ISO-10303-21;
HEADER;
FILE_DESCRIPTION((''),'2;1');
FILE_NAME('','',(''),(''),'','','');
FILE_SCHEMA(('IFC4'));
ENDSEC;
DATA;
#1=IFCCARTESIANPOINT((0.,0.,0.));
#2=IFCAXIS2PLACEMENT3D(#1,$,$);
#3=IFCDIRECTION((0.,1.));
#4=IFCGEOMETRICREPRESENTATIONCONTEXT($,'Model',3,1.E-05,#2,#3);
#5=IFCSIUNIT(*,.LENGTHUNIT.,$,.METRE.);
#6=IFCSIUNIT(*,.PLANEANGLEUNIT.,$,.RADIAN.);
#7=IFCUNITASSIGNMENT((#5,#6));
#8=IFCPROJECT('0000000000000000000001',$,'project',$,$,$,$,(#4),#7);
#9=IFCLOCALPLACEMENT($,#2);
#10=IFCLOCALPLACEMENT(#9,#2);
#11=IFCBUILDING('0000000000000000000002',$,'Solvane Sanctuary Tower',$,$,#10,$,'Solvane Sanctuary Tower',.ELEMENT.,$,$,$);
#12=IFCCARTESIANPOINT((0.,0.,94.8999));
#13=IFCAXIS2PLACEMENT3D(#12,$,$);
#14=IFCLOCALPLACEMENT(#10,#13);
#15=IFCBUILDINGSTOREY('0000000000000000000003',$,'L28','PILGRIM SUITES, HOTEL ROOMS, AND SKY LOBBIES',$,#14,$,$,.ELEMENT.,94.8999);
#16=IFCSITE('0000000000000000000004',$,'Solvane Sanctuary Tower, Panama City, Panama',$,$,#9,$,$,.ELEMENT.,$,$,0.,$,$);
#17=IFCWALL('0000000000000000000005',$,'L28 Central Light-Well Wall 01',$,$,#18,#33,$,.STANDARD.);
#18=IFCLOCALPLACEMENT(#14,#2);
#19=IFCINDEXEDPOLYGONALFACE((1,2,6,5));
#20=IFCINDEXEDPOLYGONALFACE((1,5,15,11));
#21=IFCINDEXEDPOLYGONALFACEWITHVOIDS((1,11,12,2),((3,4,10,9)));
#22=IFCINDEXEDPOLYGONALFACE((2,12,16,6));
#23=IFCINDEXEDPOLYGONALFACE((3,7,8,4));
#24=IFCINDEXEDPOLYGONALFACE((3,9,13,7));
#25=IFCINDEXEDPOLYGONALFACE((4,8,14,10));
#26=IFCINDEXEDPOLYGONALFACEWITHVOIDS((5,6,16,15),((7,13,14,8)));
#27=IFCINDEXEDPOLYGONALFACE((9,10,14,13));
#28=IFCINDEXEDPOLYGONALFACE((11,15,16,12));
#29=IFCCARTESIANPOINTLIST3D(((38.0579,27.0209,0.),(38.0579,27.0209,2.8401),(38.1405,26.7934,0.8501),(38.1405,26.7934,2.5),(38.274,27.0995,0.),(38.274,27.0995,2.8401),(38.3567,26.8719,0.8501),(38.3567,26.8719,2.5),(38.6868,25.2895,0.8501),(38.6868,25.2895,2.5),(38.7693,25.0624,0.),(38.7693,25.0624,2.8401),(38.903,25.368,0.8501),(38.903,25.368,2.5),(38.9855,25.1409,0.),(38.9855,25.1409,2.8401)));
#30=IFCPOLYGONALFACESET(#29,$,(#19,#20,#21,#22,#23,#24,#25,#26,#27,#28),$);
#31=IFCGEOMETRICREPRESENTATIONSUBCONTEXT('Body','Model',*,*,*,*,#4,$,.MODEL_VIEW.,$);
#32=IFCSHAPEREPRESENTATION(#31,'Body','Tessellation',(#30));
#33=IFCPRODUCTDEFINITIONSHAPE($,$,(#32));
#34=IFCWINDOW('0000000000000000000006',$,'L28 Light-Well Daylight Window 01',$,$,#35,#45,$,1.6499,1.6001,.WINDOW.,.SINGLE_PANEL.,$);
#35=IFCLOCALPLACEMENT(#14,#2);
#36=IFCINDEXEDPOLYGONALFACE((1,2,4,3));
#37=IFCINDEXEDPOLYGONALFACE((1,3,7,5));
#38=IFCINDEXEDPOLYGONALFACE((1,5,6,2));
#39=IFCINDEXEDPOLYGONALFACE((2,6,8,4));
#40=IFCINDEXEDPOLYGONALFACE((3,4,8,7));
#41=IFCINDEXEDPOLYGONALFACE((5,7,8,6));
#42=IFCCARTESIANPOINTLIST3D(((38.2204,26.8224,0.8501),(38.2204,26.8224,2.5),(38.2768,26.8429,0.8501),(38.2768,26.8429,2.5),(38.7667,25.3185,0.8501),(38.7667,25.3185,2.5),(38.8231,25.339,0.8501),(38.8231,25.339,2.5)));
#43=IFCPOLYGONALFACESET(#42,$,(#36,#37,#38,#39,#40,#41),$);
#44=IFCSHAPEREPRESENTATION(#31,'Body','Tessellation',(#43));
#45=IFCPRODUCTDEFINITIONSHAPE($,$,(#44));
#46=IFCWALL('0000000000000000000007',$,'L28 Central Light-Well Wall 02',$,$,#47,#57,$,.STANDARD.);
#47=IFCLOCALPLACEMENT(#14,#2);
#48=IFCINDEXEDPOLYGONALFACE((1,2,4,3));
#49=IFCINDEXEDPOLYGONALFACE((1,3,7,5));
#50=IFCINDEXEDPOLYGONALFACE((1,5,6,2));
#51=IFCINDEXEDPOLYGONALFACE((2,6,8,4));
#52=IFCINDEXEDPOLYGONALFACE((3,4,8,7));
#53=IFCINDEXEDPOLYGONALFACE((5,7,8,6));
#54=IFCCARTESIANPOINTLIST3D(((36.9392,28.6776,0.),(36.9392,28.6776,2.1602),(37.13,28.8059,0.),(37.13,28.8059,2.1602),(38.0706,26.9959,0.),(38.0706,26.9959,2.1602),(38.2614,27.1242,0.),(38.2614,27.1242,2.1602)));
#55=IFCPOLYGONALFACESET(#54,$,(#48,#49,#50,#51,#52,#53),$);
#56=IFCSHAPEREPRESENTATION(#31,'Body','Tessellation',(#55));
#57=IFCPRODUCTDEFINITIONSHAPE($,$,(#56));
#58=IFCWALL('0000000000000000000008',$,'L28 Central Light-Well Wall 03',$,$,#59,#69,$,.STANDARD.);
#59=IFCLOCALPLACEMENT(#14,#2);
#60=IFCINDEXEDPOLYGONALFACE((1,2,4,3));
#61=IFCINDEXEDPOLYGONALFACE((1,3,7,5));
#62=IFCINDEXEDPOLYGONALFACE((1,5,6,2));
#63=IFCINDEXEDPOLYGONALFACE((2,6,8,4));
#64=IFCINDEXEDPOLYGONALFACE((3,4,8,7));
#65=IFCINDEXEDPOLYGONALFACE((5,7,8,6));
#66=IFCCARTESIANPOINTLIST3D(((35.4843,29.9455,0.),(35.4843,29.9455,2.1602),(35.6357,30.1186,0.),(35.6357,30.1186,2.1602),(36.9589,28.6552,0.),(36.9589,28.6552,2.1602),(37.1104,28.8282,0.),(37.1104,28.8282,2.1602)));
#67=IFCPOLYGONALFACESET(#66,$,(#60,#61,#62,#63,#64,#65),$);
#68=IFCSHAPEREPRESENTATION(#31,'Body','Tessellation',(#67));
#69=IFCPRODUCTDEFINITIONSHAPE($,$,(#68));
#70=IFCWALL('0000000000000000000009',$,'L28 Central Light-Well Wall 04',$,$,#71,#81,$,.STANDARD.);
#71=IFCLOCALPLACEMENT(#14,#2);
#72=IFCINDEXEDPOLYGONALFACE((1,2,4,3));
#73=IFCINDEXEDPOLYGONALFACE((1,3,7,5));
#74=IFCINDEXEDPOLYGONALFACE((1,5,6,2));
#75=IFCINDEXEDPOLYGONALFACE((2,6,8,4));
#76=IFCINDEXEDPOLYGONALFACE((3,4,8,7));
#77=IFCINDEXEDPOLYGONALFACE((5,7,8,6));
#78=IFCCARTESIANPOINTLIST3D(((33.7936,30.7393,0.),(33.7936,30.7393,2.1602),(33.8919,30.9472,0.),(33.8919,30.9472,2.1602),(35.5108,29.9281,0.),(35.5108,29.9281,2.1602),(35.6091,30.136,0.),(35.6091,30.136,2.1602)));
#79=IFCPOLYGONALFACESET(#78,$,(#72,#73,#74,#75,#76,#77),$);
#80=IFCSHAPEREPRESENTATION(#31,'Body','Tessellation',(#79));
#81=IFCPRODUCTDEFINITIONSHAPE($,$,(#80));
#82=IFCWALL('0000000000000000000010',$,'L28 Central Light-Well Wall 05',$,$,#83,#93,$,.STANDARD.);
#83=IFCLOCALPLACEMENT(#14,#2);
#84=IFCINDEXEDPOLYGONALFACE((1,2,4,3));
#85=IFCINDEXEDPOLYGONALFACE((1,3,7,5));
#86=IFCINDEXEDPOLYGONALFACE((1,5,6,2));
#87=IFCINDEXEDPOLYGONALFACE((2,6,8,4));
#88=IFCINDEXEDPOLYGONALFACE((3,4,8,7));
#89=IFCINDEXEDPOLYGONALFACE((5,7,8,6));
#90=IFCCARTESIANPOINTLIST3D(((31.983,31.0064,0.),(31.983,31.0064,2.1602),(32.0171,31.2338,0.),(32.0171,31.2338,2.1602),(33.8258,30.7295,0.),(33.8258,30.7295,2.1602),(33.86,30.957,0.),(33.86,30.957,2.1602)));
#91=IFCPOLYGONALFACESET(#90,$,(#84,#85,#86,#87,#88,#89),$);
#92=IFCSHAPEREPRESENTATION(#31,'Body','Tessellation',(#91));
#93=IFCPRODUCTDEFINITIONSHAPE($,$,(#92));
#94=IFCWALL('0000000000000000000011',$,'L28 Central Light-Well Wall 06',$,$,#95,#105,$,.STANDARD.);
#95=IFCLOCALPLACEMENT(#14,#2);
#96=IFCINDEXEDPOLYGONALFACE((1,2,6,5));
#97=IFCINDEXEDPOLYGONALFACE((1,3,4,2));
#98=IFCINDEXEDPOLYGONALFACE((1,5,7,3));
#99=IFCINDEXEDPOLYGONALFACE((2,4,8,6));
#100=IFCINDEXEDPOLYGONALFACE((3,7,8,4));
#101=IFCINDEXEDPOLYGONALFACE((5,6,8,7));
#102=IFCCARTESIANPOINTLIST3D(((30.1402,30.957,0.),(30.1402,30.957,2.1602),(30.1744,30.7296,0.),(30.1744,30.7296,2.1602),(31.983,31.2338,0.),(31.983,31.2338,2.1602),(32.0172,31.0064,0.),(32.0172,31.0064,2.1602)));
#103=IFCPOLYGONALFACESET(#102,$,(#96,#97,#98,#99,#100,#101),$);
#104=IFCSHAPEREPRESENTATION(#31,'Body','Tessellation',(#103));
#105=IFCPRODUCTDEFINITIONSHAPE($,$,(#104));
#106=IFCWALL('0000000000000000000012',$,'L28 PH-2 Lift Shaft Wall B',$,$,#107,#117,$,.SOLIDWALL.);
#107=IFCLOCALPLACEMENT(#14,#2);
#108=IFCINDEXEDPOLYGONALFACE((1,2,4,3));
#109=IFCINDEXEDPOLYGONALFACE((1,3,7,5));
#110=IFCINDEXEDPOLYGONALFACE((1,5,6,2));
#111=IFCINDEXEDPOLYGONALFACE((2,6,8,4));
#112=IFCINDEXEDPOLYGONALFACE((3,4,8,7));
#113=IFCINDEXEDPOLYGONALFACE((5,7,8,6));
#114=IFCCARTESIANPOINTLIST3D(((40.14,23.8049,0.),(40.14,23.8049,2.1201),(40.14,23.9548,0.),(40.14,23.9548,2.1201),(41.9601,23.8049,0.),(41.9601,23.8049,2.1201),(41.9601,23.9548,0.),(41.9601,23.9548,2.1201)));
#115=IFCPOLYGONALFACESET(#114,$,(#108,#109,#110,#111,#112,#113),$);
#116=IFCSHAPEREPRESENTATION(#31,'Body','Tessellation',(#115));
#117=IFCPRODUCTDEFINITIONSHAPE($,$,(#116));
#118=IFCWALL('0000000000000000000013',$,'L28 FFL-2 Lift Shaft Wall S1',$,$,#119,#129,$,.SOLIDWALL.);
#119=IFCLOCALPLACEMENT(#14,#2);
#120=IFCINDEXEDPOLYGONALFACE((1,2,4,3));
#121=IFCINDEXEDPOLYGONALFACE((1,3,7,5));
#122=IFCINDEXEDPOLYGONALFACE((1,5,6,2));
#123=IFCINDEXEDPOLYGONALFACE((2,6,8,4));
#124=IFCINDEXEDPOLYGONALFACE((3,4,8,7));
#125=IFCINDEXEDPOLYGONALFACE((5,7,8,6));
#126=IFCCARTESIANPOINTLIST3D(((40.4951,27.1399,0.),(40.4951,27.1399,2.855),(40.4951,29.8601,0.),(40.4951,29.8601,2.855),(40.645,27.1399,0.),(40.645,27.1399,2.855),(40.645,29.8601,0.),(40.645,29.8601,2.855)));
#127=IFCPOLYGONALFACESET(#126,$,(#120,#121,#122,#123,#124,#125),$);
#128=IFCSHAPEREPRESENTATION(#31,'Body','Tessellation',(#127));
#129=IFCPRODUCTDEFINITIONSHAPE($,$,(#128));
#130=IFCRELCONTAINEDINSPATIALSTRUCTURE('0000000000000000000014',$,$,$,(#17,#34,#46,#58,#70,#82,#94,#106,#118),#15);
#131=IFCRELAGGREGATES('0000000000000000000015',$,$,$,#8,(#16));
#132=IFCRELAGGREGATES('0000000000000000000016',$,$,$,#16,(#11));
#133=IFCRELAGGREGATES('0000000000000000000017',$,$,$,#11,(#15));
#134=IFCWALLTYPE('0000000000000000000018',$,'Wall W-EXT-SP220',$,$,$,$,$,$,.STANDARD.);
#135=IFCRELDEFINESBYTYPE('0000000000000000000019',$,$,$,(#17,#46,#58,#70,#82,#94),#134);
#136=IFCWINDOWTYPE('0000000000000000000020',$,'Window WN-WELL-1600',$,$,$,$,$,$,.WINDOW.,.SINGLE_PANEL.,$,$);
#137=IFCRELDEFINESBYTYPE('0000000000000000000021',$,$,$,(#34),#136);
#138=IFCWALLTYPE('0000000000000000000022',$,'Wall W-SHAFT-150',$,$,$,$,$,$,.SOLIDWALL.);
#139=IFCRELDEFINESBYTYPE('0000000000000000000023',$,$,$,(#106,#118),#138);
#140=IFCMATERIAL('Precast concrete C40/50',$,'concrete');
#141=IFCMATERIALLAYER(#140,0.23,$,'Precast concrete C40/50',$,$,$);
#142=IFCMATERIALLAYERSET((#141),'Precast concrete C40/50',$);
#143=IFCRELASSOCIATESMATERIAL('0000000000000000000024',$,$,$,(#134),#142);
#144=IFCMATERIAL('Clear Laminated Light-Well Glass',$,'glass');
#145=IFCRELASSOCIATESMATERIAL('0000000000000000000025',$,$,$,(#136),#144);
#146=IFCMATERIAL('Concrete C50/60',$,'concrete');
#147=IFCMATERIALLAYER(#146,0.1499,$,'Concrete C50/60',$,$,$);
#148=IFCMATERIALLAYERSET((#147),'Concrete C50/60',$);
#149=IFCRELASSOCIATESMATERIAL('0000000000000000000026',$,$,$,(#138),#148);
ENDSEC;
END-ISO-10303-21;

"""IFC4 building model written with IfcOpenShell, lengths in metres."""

from ifc_helpers import new_model, si_unit, direction, frame, frame_2d, origin, place, context, subcontext, project, spatial, rectangle, extrude, material, layer, layer_set, type_object, element, fill, save


model = new_model("IFC4")

# Units and contexts
model_context = context("Model", 3, precision=1e-05, world=origin(), true_north=direction((0.0, 1.0)))
body_context = subcontext(model_context, "Body", "Model", "MODEL_VIEW")
ifc_project = project(units=[si_unit("LENGTHUNIT", "METRE"), si_unit("PLANEANGLEUNIT", "RADIAN")], contexts=[model_context])

# Site, building, storey
site_placement = place(None, origin())
site = spatial("IfcSite", under=ifc_project, at=site_placement, Name="Solvane Sanctuary Tower, Panama City, Panama", CompositionType="ELEMENT", RefElevation=0.0)
building_placement = place(site_placement, origin())
building = spatial("IfcBuilding", under=site, at=building_placement, Name="Solvane Sanctuary Tower", LongName="Solvane Sanctuary Tower", CompositionType="ELEMENT")
storey_placement = place(building_placement, frame((0.0, 0.0, 94.8999)))
storey = spatial("IfcBuildingStorey", under=building, at=storey_placement, Name="L28", Description="PILGRIM SUITES, HOTEL ROOMS, AND SKY LOBBIES", CompositionType="ELEMENT", Elevation=94.8999)

# Shared definitions
ifc_material_1 = material(Name="Precast concrete C40/50", Category="concrete")
ifc_layer_1 = layer(ifc_material_1, 0.23, Name="Precast concrete C40/50")
ifc_layer_set_1 = layer_set([ifc_layer_1], Name="Precast concrete C40/50")
wall_type_1 = type_object("IfcWallType", Name="Wall W-EXT-SP220", PredefinedType="STANDARD", material=ifc_layer_set_1)

# Wall, opening, window
wall_1_placement = place(storey_placement, frame((38.8774, 25.1016, 0.0), z_axis=(0.0, 0.0, 1.0), x_axis=(-0.341423, 0.93991, 0.0)))
wall_1 = element("IfcWall", 1, at=wall_1_placement, inside=storey, type_object=wall_type_1, Name="L28 Central Light-Well Wall 01", PredefinedType="STANDARD", context=body_context, shape_type="SweptSolid", body=[
    extrude(rectangle(XDim=2.0837, YDim=0.23, at=frame_2d((1.042, 0.0))), origin(), (0.0, 0.0, 1.0), 2.8401),
])
opening_1_placement = place(wall_1_placement, frame((0.2417, 0.0, 0.8501)))
opening_1 = element("IfcOpeningElement", 2, at=opening_1_placement, cuts=wall_1, PredefinedType="OPENING", context=body_context, shape_type="SweptSolid", body=[
    extrude(rectangle(XDim=1.6001, YDim=1.6499, at=frame_2d((0.8, 0.825))), frame((0.0, 0.125, 0.0), z_axis=(0.0, -1.0, 0.0), x_axis=(1.0, 0.0, 0.0)), (0.0, 0.0, 1.0), 0.25),
])
ifc_material_2 = material(Name="Clear Laminated Light-Well Glass", Category="glass")
window_type = type_object("IfcWindowType", Name="Window WN-WELL-1600", PartitioningType="SINGLE_PANEL", PredefinedType="WINDOW", material=ifc_material_2)
window_placement = place(opening_1_placement, origin())
window = element("IfcWindow", 3, at=window_placement, inside=storey, type_object=window_type, Name="L28 Light-Well Daylight Window 01", OverallHeight=1.6499, OverallWidth=1.6001, PartitioningType="SINGLE_PANEL", PredefinedType="WINDOW", context=body_context, shape_type="SweptSolid", body=[
    extrude(rectangle(XDim=1.6001, YDim=1.6499, at=frame_2d((0.8, 0.825))), frame((0.0, 0.03, 0.0), z_axis=(0.0, -1.0, 0.0), x_axis=(1.0, 0.0, 0.0)), (0.0, 0.0, 1.0), 0.0601),
])
fill(opening_1, window)

# Walls
wall_2_placement = place(storey_placement, frame((38.166, 27.0601, 0.0), z_axis=(0.0, 0.0, 1.0), x_axis=(-0.558198, 0.829708, 0.0)))
element("IfcWall", 4, at=wall_2_placement, inside=storey, type_object=wall_type_1, Name="L28 Central Light-Well Wall 02", PredefinedType="STANDARD", context=body_context, shape_type="SweptSolid", body=[
    extrude(rectangle(XDim=2.0269, YDim=0.23, at=frame_2d((1.0134, 0.0))), origin(), (0.0, 0.0, 1.0), 2.1602),
])
wall_3_placement = place(storey_placement, frame((37.0347, 28.7417, 0.0), z_axis=(0.0, 0.0, 1.0), x_axis=(-0.752577, 0.658505, 0.0)))
element("IfcWall", 5, at=wall_3_placement, inside=storey, type_object=wall_type_1, Name="L28 Central Light-Well Wall 03", PredefinedType="STANDARD", context=body_context, shape_type="SweptSolid", body=[
    extrude(rectangle(XDim=1.9595, YDim=0.23, at=frame_2d((0.9797, 0.0))), origin(), (0.0, 0.0, 1.0), 2.1602),
])
wall_4_placement = place(storey_placement, frame((35.5601, 30.032, 0.0), z_axis=(0.0, 0.0, 1.0), x_axis=(-0.90418, 0.427152, 0.0)))
element("IfcWall", 6, at=wall_4_placement, inside=storey, type_object=wall_type_1, Name="L28 Central Light-Well Wall 04", PredefinedType="STANDARD", context=body_context, shape_type="SweptSolid", body=[
    extrude(rectangle(XDim=1.8992, YDim=0.23, at=frame_2d((0.9497, 0.0))), origin(), (0.0, 0.0, 1.0), 2.1602),
])
for number, where, z_axis, x_axis, name in (
    (7, (33.8428, 30.8433, 0.0), (0.0, 0.0, 1.0), (-0.988902, 0.148571, 0.0), "L28 Central Light-Well Wall 05"),
    (8, (32.0, 31.1201, 0.0), (0.0, 0.0, 1.0), (-0.988902, -0.148571, 0.0), "L28 Central Light-Well Wall 06"),
):
    element("IfcWall", number, at=place(storey_placement, frame(where, z_axis=z_axis, x_axis=x_axis)), inside=storey, type_object=wall_type_1, Name=name, PredefinedType="STANDARD", context=body_context, shape_type="SweptSolid", body=[
        extrude(rectangle(XDim=1.8635, YDim=0.23, at=frame_2d((0.9316, 0.0))), origin(), (0.0, 0.0, 1.0), 2.1602),
    ])
ifc_material_3 = material(Name="Concrete C50/60", Category="concrete")
ifc_layer_2 = layer(ifc_material_3, 0.1499, Name="Concrete C50/60")
ifc_layer_set_2 = layer_set([ifc_layer_2], Name="Concrete C50/60")
wall_type_2 = type_object("IfcWallType", Name="Wall W-SHAFT-150", PredefinedType="SOLIDWALL", material=ifc_layer_set_2)
wall_5_placement = place(storey_placement, frame((40.1399, 23.8799, 0.0), z_axis=(0.0, 0.0, 1.0), x_axis=(1.0, 0.0, 0.0)))
element("IfcWall", 9, at=wall_5_placement, inside=storey, type_object=wall_type_2, Name="L28 PH-2 Lift Shaft Wall B", PredefinedType="SOLIDWALL", context=body_context, shape_type="SweptSolid", body=[
    extrude(rectangle(XDim=1.8201, YDim=0.1499, at=frame_2d((0.9102, 0.0))), origin(), (0.0, 0.0, 1.0), 2.1201),
])
wall_6_placement = place(storey_placement, frame((40.5701, 27.1399, 0.0), z_axis=(0.0, 0.0, 1.0), x_axis=(0.0, 1.0, 0.0)))
element("IfcWall", 10, at=wall_6_placement, inside=storey, type_object=wall_type_2, Name="L28 FFL-2 Lift Shaft Wall S1", PredefinedType="SOLIDWALL", context=body_context, shape_type="SweptSolid", body=[
    extrude(rectangle(XDim=2.7202, YDim=0.1499, at=frame_2d((1.3601, 0.0))), origin(), (0.0, 0.0, 1.0), 2.855),
])

save(model, "model.ifc")
